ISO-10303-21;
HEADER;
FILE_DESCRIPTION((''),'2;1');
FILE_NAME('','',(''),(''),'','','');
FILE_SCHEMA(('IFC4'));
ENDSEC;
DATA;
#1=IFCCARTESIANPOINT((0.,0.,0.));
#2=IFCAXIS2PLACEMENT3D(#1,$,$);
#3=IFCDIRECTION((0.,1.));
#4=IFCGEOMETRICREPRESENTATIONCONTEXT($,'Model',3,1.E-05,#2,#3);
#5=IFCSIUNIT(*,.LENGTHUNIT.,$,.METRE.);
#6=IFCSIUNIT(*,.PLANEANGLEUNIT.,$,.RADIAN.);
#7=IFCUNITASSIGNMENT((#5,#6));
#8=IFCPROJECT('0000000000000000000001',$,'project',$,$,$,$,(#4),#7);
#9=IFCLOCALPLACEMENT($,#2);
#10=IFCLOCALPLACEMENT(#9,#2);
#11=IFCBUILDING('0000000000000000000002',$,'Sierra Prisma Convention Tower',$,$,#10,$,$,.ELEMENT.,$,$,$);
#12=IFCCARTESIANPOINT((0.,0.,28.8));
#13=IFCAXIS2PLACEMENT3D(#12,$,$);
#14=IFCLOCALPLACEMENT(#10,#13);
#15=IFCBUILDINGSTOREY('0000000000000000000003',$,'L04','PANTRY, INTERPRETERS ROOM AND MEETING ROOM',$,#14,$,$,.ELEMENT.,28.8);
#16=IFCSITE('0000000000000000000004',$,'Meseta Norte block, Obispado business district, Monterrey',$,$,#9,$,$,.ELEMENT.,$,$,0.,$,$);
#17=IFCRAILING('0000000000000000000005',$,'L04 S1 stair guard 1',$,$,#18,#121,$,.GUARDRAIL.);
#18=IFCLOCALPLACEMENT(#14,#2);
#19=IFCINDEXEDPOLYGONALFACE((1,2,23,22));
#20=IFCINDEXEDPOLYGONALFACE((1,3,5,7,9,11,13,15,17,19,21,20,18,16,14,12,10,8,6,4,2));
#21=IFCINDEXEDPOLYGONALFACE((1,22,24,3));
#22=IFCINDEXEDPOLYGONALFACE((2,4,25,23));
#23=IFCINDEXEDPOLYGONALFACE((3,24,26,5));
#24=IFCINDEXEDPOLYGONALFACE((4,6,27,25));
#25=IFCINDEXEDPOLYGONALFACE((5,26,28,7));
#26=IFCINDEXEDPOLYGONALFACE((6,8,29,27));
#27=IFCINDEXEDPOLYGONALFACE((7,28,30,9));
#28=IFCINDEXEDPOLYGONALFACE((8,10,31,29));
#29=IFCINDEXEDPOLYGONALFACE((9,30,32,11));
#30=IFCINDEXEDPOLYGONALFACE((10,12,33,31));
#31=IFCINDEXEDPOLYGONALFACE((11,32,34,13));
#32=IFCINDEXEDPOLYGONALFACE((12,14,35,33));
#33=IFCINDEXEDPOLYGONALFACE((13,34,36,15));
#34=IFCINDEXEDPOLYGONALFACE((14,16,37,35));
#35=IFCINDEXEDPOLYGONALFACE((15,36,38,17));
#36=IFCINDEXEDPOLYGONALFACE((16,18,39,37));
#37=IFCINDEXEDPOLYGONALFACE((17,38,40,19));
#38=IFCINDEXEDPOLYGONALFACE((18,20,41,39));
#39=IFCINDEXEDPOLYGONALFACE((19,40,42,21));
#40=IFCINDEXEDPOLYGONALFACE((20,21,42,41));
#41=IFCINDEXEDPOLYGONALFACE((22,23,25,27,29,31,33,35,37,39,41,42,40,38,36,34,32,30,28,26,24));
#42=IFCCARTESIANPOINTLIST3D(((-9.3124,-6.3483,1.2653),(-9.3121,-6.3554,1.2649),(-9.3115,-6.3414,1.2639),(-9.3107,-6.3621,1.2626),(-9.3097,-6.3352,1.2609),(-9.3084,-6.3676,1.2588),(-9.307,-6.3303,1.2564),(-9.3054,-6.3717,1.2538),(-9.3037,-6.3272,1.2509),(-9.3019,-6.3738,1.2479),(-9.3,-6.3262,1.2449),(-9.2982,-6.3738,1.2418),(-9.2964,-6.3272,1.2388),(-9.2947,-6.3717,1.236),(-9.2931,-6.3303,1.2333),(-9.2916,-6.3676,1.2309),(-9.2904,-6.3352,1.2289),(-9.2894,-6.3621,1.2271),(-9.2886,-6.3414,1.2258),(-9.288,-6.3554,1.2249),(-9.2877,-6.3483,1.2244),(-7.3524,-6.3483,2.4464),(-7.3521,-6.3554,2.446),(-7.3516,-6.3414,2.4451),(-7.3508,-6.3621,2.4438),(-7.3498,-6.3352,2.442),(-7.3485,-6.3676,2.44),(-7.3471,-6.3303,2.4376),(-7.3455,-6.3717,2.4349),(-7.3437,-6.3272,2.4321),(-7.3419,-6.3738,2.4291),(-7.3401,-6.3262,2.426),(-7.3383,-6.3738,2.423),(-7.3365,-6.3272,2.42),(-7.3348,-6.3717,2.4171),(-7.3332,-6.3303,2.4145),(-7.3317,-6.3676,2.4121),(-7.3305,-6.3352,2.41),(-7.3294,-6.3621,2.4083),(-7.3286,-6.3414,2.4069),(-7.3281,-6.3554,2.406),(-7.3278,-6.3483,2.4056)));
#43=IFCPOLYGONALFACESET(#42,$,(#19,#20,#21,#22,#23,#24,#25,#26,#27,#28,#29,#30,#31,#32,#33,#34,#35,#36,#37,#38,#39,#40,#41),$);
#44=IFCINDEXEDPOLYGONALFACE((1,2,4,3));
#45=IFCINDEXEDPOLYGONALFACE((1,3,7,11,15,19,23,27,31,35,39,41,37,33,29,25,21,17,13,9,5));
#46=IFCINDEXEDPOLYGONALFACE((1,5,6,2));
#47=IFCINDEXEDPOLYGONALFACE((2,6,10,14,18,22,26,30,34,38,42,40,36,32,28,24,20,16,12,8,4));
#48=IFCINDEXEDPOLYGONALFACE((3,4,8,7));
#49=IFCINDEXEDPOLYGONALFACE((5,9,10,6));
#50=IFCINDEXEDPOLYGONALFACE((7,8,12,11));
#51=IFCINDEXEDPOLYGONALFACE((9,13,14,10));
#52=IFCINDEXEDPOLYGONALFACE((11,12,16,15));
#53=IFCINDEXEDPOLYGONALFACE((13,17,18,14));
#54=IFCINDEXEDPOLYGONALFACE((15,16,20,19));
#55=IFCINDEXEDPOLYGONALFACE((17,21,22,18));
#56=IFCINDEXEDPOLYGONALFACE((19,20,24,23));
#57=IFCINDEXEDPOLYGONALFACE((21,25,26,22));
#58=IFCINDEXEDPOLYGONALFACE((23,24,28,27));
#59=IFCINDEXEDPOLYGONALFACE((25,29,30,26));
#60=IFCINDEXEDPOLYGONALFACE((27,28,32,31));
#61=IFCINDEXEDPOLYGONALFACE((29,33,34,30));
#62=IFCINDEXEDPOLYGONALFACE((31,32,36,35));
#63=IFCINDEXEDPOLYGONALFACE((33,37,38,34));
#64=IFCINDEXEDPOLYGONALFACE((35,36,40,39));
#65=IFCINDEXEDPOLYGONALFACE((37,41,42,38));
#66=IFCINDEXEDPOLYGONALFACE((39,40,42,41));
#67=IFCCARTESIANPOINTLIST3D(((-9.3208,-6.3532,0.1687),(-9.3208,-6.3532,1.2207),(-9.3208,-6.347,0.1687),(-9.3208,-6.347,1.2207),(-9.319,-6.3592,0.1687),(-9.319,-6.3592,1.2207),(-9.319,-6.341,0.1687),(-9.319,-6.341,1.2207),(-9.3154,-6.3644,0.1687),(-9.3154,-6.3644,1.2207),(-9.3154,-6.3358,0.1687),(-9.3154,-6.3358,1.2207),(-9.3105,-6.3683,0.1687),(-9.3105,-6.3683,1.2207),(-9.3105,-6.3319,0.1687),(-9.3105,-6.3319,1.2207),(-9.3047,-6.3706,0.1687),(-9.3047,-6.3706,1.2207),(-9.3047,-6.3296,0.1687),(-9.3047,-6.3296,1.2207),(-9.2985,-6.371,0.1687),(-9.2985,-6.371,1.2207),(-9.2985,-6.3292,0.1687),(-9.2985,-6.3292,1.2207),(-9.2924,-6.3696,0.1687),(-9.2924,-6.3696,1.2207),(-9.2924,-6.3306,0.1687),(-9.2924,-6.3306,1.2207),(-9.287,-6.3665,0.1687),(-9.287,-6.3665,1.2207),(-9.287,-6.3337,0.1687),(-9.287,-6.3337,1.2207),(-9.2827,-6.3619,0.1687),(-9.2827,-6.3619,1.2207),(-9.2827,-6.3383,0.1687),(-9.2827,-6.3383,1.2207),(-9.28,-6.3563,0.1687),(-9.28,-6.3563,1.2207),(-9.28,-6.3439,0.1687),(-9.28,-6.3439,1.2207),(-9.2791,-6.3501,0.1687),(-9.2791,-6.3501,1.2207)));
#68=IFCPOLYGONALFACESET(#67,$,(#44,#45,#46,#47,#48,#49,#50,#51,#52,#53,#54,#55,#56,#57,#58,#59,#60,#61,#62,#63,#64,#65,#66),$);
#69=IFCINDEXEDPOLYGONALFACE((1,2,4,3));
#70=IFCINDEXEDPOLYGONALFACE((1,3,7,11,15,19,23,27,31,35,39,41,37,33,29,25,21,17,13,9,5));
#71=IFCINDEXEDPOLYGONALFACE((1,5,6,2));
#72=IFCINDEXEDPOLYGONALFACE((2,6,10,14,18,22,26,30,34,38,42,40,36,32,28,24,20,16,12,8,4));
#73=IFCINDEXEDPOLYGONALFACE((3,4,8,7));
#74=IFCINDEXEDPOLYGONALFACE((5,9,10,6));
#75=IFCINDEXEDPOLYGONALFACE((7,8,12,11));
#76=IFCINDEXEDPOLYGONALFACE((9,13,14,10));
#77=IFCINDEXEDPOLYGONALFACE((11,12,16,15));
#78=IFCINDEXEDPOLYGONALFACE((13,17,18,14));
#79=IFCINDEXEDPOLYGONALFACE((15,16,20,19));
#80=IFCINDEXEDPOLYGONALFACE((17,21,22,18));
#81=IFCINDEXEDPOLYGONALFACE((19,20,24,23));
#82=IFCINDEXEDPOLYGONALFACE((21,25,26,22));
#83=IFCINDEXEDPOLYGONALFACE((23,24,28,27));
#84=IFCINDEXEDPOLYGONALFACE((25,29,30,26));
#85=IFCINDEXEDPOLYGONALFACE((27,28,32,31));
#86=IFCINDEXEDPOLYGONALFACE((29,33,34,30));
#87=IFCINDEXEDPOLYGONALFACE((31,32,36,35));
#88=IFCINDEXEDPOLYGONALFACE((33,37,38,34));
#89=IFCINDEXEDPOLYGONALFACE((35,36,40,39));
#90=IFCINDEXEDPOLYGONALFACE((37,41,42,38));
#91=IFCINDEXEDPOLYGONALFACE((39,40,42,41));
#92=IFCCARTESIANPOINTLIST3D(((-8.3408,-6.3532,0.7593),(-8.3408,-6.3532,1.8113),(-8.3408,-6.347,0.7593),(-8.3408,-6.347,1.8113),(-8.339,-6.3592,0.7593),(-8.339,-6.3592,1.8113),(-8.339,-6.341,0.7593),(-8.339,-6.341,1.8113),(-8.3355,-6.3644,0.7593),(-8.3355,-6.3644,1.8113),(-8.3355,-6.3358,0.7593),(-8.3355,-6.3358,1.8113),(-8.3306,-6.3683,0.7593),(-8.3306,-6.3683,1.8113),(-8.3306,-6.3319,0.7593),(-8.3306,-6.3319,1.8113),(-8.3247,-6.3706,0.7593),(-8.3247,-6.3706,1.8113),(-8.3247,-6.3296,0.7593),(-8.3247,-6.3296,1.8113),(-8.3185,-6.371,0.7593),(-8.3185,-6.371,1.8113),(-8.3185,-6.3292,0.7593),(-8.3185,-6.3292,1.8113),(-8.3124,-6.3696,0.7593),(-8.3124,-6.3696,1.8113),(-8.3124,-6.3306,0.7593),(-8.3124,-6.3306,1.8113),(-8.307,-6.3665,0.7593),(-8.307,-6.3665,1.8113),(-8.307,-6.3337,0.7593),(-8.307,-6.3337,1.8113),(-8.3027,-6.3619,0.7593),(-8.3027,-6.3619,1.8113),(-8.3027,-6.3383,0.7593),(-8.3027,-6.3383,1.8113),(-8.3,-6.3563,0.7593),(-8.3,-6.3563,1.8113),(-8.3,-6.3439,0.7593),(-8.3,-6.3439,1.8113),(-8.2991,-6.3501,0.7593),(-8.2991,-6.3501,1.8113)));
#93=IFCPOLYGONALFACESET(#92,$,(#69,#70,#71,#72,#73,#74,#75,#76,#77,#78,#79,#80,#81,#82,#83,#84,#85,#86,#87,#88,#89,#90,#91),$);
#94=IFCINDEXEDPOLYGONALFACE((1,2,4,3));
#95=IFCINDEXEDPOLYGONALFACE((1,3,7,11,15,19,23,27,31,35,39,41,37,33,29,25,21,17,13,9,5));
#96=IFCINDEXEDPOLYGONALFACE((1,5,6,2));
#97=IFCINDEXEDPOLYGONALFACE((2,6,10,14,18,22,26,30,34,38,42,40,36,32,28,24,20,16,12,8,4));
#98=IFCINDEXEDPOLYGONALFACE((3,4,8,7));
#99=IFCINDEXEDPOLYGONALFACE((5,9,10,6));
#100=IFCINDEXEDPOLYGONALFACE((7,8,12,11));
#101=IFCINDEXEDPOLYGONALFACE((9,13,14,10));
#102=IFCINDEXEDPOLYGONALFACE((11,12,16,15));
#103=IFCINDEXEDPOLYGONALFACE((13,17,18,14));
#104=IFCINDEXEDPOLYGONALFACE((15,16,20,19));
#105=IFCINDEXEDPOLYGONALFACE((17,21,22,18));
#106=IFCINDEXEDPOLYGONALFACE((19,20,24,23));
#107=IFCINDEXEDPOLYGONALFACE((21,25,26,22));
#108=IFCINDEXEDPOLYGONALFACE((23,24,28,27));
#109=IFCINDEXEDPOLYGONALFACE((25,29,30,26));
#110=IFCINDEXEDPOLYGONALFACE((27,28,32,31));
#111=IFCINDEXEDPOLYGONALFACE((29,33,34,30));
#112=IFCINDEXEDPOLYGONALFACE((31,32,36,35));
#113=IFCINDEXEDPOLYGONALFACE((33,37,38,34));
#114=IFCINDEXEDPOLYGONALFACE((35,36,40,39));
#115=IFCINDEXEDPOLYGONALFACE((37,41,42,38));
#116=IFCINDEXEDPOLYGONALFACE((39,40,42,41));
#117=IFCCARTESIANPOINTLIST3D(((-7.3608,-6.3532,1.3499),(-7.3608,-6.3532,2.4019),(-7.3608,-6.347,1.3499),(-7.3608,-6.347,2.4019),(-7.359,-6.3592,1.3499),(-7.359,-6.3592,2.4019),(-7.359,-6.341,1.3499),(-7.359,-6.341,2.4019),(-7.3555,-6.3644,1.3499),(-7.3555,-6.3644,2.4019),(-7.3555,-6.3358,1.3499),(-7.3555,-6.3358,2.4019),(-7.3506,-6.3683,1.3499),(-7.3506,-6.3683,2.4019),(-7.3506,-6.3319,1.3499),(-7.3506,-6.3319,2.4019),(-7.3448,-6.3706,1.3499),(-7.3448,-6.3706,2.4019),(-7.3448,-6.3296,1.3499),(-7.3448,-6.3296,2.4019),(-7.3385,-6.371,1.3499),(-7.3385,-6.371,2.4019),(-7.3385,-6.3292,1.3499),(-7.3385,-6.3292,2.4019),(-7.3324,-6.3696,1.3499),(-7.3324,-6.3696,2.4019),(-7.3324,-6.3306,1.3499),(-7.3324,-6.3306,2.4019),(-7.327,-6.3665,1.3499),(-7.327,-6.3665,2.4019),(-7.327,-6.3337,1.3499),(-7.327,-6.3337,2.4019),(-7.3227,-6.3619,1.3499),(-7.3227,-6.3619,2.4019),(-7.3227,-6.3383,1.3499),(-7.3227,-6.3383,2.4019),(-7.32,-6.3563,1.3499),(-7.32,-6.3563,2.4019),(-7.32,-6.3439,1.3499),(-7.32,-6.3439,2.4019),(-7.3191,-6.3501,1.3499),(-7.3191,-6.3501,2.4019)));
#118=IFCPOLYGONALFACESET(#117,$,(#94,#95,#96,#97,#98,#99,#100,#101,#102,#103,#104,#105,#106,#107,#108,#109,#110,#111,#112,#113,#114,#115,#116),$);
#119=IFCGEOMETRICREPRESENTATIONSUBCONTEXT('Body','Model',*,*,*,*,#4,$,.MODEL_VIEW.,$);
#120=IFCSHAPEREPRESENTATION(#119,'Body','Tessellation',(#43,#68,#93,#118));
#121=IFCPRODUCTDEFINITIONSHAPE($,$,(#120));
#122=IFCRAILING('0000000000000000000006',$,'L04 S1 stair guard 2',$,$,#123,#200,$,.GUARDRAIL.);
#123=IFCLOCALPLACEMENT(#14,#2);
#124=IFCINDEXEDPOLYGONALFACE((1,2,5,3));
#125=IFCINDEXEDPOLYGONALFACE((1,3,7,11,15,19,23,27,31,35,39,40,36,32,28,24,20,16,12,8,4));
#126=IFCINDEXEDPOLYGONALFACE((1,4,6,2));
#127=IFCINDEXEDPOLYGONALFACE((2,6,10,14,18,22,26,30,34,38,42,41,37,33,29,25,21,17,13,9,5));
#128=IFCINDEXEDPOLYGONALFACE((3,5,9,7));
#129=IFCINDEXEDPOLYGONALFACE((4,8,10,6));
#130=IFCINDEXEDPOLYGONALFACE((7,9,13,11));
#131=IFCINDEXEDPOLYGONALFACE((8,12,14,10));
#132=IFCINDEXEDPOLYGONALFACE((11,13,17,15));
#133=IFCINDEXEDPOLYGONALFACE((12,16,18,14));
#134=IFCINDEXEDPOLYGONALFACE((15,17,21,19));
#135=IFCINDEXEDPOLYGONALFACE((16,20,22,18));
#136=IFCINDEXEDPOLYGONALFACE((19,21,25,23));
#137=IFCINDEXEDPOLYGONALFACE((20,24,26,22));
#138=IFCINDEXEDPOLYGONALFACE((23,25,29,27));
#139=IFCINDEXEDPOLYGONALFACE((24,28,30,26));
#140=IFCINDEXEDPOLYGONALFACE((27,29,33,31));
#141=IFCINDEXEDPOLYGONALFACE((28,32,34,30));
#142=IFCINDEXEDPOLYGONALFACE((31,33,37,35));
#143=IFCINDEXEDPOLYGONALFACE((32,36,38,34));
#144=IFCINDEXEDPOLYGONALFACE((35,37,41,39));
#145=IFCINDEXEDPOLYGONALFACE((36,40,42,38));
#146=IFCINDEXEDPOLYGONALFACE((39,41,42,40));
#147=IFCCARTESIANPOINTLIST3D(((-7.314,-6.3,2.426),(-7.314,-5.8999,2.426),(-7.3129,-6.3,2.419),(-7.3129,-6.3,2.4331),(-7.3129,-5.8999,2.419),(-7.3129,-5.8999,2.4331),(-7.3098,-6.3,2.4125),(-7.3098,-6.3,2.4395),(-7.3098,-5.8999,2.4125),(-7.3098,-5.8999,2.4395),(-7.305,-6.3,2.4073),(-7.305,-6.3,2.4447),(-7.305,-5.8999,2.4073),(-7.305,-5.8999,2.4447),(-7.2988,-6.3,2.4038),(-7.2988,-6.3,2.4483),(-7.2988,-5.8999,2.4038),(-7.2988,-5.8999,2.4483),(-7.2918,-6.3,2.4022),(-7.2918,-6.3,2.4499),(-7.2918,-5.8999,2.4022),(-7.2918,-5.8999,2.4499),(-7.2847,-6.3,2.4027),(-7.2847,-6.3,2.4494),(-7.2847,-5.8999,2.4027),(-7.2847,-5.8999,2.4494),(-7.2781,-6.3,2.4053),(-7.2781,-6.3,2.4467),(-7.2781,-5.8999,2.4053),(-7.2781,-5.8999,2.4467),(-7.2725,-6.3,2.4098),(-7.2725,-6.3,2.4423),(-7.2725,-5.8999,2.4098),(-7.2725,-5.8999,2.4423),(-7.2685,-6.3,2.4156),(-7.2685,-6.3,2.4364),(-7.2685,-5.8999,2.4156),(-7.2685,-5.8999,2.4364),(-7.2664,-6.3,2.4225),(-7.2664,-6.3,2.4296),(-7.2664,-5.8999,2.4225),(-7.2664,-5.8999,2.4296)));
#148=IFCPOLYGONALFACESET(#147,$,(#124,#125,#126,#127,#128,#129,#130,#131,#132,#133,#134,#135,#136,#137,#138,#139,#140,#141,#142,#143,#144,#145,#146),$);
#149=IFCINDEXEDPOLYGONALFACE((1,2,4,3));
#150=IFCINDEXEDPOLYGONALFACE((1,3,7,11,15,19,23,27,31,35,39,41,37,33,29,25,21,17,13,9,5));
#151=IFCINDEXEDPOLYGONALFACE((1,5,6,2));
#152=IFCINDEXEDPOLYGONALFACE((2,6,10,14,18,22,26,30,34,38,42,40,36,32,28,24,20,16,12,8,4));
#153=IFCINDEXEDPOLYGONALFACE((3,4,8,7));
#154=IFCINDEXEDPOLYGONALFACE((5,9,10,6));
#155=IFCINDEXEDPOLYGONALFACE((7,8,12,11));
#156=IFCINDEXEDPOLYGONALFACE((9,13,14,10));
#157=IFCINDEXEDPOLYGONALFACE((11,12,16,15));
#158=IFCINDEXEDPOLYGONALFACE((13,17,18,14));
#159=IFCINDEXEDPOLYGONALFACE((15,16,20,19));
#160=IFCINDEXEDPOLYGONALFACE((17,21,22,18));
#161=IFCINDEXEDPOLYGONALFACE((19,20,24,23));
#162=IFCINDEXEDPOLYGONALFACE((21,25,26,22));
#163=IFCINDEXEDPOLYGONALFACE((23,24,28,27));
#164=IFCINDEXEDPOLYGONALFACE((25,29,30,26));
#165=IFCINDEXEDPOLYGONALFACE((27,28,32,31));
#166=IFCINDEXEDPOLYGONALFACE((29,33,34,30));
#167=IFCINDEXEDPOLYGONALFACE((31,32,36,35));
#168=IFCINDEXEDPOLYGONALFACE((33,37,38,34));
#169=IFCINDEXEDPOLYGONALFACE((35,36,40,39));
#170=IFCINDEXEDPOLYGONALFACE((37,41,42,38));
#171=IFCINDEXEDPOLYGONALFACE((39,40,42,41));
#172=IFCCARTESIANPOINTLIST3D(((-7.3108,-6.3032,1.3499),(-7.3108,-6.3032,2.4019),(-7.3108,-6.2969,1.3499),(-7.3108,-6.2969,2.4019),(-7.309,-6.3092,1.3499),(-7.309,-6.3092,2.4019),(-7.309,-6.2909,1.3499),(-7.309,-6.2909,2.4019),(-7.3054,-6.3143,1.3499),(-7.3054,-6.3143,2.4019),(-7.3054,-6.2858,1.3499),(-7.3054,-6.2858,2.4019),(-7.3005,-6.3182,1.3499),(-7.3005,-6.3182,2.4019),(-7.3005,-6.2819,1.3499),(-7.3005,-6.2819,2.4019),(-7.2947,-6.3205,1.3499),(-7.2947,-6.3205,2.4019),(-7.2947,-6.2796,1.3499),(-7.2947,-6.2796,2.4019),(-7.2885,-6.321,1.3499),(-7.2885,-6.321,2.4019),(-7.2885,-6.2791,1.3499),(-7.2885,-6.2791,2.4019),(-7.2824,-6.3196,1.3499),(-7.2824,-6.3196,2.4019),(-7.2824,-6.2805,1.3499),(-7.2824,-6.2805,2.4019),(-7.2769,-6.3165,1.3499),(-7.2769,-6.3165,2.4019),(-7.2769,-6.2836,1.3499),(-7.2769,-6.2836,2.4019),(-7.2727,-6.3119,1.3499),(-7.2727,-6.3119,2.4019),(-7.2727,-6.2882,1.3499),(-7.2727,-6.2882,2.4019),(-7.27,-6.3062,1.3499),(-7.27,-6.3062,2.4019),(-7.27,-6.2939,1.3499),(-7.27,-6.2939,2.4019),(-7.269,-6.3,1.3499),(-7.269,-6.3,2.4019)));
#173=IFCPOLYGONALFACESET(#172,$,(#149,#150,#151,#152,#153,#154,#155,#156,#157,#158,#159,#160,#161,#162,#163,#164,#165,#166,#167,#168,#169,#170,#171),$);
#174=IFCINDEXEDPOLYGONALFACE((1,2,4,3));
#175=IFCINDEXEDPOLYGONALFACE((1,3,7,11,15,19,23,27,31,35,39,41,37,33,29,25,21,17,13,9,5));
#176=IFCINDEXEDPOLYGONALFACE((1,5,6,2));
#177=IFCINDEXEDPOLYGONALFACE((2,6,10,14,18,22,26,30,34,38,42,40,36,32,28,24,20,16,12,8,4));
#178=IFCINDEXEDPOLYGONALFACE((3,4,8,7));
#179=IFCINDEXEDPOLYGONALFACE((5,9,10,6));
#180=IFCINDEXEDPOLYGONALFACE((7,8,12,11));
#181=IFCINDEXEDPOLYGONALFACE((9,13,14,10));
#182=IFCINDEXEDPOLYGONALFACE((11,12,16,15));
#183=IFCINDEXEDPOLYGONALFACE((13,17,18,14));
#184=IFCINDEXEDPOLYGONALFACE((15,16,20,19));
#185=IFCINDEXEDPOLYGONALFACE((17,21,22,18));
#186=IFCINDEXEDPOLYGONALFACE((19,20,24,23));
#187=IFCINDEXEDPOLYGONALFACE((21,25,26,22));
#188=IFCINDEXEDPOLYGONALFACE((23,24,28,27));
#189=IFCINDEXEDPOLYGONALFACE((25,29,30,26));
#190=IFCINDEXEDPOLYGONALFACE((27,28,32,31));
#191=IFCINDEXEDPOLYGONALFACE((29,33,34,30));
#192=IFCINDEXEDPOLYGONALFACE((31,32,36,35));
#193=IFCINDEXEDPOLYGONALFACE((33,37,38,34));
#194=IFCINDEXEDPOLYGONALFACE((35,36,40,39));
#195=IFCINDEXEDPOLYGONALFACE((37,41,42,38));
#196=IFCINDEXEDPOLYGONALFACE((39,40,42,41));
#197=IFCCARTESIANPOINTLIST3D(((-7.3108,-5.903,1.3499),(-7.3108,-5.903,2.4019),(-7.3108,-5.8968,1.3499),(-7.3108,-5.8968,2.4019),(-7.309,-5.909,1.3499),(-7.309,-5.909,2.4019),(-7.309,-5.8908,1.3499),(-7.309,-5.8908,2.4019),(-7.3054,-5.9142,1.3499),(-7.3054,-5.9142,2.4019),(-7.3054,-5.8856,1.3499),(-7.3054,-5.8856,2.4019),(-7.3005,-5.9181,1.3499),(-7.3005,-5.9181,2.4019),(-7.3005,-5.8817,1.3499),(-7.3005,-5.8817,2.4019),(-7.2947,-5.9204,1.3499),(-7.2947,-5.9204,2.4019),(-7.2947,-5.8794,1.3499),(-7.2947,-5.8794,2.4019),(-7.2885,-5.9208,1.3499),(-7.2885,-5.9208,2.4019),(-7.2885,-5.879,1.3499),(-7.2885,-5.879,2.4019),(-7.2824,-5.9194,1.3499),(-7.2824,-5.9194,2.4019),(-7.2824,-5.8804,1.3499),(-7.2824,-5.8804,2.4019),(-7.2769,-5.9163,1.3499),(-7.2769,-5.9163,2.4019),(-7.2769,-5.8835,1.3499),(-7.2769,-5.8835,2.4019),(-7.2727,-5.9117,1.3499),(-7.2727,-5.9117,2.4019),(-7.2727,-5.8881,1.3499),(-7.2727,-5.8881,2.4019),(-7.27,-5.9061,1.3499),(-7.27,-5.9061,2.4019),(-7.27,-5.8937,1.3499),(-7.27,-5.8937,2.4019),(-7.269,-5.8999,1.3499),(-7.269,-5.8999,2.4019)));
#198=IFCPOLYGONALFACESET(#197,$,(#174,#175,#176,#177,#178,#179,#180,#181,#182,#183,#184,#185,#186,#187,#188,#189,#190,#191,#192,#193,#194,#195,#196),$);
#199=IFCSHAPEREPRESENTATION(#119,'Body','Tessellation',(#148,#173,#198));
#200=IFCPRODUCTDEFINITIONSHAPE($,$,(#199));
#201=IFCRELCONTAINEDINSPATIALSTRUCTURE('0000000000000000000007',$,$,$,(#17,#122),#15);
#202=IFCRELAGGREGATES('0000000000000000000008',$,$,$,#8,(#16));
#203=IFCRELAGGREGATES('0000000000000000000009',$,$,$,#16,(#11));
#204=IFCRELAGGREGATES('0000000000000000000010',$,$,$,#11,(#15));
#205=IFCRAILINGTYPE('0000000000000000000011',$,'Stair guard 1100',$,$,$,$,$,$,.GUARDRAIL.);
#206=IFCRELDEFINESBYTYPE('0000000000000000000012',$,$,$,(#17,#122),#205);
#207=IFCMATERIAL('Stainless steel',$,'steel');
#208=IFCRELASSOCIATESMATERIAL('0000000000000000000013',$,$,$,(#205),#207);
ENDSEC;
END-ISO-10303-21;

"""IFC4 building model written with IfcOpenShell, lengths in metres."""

from ifc_helpers import new_model, si_unit, direction, frame, origin, origin_2d, place, context, subcontext, project, spatial, circle, extrude, material, type_object, element, save


model = new_model("IFC4")

# Units and contexts
model_context = context("Model", 3, precision=1e-05, world=origin(), true_north=direction((0.0, 1.0)))
body_context = subcontext(model_context, "Body", "Model", "MODEL_VIEW")
ifc_project = project(units=[si_unit("LENGTHUNIT", "METRE"), si_unit("PLANEANGLEUNIT", "RADIAN")], contexts=[model_context])

# Site, building, storey
site_placement = place(None, origin())
site = spatial("IfcSite", under=ifc_project, at=site_placement, Name="Meseta Norte block, Obispado business district, Monterrey", CompositionType="ELEMENT", RefElevation=0.0)
building_placement = place(site_placement, origin())
building = spatial("IfcBuilding", under=site, at=building_placement, Name="Sierra Prisma Convention Tower", CompositionType="ELEMENT")
storey_placement = place(building_placement, frame((0.0, 0.0, 28.8)))
storey = spatial("IfcBuildingStorey", under=building, at=storey_placement, Name="L04", Description="PANTRY, INTERPRETERS ROOM AND MEETING ROOM", CompositionType="ELEMENT", Elevation=28.8)

# Railings
ifc_material_1 = material(Name="Stainless steel", Category="steel")
railing_type_1 = type_object("IfcRailingType", Name="Stair guard 1100", PredefinedType="GUARDRAIL", material=ifc_material_1)
railing_1_placement = place(storey_placement, frame((-9.3, -6.3501, 0.1687)))
element("IfcRailing", 1, at=railing_1_placement, inside=storey, type_object=railing_type_1, Name="L04 S1 stair guard 1", PredefinedType="GUARDRAIL", context=body_context, shape_type="SweptSolid", body=[
    extrude(circle(Radius=0.0239, at=origin_2d()), frame((0.0, 0.0, 1.0762), z_axis=(0.856493, 0.0, 0.516158), x_axis=(0.0, 1.0, 0.0)), (0.0, 0.0, 1.0), 2.2883),
    extrude(circle(Radius=0.021, at=origin_2d()), origin(), (0.0, 0.0, 1.0), 1.052),
    extrude(circle(Radius=0.021, at=origin_2d()), frame((0.98, 0.0, 0.5906)), (0.0, 0.0, 1.0), 1.052),
    extrude(circle(Radius=0.021, at=origin_2d()), frame((1.96, 0.0, 1.1812)), (0.0, 0.0, 1.0), 1.052),
])
railing_2_placement = place(storey_placement, frame((-7.29, -6.3, 1.3499)))
element("IfcRailing", 2, at=railing_2_placement, inside=storey, type_object=railing_type_1, Name="L04 S1 stair guard 2", PredefinedType="GUARDRAIL", context=body_context, shape_type="SweptSolid", body=[
    extrude(circle(Radius=0.0239, at=origin_2d()), frame((0.0, 0.0, 1.0762), z_axis=(0.0, 1.0, 0.0), x_axis=(-1.0, 0.0, 0.0)), (0.0, 0.0, 1.0), 0.4001),
    extrude(circle(Radius=0.021, at=origin_2d()), origin(), (0.0, 0.0, 1.0), 1.052),
    extrude(circle(Radius=0.021, at=origin_2d()), frame((0.0, 0.4001, 0.0)), (0.0, 0.0, 1.0), 1.052),
])

save(model, "model.ifc")
